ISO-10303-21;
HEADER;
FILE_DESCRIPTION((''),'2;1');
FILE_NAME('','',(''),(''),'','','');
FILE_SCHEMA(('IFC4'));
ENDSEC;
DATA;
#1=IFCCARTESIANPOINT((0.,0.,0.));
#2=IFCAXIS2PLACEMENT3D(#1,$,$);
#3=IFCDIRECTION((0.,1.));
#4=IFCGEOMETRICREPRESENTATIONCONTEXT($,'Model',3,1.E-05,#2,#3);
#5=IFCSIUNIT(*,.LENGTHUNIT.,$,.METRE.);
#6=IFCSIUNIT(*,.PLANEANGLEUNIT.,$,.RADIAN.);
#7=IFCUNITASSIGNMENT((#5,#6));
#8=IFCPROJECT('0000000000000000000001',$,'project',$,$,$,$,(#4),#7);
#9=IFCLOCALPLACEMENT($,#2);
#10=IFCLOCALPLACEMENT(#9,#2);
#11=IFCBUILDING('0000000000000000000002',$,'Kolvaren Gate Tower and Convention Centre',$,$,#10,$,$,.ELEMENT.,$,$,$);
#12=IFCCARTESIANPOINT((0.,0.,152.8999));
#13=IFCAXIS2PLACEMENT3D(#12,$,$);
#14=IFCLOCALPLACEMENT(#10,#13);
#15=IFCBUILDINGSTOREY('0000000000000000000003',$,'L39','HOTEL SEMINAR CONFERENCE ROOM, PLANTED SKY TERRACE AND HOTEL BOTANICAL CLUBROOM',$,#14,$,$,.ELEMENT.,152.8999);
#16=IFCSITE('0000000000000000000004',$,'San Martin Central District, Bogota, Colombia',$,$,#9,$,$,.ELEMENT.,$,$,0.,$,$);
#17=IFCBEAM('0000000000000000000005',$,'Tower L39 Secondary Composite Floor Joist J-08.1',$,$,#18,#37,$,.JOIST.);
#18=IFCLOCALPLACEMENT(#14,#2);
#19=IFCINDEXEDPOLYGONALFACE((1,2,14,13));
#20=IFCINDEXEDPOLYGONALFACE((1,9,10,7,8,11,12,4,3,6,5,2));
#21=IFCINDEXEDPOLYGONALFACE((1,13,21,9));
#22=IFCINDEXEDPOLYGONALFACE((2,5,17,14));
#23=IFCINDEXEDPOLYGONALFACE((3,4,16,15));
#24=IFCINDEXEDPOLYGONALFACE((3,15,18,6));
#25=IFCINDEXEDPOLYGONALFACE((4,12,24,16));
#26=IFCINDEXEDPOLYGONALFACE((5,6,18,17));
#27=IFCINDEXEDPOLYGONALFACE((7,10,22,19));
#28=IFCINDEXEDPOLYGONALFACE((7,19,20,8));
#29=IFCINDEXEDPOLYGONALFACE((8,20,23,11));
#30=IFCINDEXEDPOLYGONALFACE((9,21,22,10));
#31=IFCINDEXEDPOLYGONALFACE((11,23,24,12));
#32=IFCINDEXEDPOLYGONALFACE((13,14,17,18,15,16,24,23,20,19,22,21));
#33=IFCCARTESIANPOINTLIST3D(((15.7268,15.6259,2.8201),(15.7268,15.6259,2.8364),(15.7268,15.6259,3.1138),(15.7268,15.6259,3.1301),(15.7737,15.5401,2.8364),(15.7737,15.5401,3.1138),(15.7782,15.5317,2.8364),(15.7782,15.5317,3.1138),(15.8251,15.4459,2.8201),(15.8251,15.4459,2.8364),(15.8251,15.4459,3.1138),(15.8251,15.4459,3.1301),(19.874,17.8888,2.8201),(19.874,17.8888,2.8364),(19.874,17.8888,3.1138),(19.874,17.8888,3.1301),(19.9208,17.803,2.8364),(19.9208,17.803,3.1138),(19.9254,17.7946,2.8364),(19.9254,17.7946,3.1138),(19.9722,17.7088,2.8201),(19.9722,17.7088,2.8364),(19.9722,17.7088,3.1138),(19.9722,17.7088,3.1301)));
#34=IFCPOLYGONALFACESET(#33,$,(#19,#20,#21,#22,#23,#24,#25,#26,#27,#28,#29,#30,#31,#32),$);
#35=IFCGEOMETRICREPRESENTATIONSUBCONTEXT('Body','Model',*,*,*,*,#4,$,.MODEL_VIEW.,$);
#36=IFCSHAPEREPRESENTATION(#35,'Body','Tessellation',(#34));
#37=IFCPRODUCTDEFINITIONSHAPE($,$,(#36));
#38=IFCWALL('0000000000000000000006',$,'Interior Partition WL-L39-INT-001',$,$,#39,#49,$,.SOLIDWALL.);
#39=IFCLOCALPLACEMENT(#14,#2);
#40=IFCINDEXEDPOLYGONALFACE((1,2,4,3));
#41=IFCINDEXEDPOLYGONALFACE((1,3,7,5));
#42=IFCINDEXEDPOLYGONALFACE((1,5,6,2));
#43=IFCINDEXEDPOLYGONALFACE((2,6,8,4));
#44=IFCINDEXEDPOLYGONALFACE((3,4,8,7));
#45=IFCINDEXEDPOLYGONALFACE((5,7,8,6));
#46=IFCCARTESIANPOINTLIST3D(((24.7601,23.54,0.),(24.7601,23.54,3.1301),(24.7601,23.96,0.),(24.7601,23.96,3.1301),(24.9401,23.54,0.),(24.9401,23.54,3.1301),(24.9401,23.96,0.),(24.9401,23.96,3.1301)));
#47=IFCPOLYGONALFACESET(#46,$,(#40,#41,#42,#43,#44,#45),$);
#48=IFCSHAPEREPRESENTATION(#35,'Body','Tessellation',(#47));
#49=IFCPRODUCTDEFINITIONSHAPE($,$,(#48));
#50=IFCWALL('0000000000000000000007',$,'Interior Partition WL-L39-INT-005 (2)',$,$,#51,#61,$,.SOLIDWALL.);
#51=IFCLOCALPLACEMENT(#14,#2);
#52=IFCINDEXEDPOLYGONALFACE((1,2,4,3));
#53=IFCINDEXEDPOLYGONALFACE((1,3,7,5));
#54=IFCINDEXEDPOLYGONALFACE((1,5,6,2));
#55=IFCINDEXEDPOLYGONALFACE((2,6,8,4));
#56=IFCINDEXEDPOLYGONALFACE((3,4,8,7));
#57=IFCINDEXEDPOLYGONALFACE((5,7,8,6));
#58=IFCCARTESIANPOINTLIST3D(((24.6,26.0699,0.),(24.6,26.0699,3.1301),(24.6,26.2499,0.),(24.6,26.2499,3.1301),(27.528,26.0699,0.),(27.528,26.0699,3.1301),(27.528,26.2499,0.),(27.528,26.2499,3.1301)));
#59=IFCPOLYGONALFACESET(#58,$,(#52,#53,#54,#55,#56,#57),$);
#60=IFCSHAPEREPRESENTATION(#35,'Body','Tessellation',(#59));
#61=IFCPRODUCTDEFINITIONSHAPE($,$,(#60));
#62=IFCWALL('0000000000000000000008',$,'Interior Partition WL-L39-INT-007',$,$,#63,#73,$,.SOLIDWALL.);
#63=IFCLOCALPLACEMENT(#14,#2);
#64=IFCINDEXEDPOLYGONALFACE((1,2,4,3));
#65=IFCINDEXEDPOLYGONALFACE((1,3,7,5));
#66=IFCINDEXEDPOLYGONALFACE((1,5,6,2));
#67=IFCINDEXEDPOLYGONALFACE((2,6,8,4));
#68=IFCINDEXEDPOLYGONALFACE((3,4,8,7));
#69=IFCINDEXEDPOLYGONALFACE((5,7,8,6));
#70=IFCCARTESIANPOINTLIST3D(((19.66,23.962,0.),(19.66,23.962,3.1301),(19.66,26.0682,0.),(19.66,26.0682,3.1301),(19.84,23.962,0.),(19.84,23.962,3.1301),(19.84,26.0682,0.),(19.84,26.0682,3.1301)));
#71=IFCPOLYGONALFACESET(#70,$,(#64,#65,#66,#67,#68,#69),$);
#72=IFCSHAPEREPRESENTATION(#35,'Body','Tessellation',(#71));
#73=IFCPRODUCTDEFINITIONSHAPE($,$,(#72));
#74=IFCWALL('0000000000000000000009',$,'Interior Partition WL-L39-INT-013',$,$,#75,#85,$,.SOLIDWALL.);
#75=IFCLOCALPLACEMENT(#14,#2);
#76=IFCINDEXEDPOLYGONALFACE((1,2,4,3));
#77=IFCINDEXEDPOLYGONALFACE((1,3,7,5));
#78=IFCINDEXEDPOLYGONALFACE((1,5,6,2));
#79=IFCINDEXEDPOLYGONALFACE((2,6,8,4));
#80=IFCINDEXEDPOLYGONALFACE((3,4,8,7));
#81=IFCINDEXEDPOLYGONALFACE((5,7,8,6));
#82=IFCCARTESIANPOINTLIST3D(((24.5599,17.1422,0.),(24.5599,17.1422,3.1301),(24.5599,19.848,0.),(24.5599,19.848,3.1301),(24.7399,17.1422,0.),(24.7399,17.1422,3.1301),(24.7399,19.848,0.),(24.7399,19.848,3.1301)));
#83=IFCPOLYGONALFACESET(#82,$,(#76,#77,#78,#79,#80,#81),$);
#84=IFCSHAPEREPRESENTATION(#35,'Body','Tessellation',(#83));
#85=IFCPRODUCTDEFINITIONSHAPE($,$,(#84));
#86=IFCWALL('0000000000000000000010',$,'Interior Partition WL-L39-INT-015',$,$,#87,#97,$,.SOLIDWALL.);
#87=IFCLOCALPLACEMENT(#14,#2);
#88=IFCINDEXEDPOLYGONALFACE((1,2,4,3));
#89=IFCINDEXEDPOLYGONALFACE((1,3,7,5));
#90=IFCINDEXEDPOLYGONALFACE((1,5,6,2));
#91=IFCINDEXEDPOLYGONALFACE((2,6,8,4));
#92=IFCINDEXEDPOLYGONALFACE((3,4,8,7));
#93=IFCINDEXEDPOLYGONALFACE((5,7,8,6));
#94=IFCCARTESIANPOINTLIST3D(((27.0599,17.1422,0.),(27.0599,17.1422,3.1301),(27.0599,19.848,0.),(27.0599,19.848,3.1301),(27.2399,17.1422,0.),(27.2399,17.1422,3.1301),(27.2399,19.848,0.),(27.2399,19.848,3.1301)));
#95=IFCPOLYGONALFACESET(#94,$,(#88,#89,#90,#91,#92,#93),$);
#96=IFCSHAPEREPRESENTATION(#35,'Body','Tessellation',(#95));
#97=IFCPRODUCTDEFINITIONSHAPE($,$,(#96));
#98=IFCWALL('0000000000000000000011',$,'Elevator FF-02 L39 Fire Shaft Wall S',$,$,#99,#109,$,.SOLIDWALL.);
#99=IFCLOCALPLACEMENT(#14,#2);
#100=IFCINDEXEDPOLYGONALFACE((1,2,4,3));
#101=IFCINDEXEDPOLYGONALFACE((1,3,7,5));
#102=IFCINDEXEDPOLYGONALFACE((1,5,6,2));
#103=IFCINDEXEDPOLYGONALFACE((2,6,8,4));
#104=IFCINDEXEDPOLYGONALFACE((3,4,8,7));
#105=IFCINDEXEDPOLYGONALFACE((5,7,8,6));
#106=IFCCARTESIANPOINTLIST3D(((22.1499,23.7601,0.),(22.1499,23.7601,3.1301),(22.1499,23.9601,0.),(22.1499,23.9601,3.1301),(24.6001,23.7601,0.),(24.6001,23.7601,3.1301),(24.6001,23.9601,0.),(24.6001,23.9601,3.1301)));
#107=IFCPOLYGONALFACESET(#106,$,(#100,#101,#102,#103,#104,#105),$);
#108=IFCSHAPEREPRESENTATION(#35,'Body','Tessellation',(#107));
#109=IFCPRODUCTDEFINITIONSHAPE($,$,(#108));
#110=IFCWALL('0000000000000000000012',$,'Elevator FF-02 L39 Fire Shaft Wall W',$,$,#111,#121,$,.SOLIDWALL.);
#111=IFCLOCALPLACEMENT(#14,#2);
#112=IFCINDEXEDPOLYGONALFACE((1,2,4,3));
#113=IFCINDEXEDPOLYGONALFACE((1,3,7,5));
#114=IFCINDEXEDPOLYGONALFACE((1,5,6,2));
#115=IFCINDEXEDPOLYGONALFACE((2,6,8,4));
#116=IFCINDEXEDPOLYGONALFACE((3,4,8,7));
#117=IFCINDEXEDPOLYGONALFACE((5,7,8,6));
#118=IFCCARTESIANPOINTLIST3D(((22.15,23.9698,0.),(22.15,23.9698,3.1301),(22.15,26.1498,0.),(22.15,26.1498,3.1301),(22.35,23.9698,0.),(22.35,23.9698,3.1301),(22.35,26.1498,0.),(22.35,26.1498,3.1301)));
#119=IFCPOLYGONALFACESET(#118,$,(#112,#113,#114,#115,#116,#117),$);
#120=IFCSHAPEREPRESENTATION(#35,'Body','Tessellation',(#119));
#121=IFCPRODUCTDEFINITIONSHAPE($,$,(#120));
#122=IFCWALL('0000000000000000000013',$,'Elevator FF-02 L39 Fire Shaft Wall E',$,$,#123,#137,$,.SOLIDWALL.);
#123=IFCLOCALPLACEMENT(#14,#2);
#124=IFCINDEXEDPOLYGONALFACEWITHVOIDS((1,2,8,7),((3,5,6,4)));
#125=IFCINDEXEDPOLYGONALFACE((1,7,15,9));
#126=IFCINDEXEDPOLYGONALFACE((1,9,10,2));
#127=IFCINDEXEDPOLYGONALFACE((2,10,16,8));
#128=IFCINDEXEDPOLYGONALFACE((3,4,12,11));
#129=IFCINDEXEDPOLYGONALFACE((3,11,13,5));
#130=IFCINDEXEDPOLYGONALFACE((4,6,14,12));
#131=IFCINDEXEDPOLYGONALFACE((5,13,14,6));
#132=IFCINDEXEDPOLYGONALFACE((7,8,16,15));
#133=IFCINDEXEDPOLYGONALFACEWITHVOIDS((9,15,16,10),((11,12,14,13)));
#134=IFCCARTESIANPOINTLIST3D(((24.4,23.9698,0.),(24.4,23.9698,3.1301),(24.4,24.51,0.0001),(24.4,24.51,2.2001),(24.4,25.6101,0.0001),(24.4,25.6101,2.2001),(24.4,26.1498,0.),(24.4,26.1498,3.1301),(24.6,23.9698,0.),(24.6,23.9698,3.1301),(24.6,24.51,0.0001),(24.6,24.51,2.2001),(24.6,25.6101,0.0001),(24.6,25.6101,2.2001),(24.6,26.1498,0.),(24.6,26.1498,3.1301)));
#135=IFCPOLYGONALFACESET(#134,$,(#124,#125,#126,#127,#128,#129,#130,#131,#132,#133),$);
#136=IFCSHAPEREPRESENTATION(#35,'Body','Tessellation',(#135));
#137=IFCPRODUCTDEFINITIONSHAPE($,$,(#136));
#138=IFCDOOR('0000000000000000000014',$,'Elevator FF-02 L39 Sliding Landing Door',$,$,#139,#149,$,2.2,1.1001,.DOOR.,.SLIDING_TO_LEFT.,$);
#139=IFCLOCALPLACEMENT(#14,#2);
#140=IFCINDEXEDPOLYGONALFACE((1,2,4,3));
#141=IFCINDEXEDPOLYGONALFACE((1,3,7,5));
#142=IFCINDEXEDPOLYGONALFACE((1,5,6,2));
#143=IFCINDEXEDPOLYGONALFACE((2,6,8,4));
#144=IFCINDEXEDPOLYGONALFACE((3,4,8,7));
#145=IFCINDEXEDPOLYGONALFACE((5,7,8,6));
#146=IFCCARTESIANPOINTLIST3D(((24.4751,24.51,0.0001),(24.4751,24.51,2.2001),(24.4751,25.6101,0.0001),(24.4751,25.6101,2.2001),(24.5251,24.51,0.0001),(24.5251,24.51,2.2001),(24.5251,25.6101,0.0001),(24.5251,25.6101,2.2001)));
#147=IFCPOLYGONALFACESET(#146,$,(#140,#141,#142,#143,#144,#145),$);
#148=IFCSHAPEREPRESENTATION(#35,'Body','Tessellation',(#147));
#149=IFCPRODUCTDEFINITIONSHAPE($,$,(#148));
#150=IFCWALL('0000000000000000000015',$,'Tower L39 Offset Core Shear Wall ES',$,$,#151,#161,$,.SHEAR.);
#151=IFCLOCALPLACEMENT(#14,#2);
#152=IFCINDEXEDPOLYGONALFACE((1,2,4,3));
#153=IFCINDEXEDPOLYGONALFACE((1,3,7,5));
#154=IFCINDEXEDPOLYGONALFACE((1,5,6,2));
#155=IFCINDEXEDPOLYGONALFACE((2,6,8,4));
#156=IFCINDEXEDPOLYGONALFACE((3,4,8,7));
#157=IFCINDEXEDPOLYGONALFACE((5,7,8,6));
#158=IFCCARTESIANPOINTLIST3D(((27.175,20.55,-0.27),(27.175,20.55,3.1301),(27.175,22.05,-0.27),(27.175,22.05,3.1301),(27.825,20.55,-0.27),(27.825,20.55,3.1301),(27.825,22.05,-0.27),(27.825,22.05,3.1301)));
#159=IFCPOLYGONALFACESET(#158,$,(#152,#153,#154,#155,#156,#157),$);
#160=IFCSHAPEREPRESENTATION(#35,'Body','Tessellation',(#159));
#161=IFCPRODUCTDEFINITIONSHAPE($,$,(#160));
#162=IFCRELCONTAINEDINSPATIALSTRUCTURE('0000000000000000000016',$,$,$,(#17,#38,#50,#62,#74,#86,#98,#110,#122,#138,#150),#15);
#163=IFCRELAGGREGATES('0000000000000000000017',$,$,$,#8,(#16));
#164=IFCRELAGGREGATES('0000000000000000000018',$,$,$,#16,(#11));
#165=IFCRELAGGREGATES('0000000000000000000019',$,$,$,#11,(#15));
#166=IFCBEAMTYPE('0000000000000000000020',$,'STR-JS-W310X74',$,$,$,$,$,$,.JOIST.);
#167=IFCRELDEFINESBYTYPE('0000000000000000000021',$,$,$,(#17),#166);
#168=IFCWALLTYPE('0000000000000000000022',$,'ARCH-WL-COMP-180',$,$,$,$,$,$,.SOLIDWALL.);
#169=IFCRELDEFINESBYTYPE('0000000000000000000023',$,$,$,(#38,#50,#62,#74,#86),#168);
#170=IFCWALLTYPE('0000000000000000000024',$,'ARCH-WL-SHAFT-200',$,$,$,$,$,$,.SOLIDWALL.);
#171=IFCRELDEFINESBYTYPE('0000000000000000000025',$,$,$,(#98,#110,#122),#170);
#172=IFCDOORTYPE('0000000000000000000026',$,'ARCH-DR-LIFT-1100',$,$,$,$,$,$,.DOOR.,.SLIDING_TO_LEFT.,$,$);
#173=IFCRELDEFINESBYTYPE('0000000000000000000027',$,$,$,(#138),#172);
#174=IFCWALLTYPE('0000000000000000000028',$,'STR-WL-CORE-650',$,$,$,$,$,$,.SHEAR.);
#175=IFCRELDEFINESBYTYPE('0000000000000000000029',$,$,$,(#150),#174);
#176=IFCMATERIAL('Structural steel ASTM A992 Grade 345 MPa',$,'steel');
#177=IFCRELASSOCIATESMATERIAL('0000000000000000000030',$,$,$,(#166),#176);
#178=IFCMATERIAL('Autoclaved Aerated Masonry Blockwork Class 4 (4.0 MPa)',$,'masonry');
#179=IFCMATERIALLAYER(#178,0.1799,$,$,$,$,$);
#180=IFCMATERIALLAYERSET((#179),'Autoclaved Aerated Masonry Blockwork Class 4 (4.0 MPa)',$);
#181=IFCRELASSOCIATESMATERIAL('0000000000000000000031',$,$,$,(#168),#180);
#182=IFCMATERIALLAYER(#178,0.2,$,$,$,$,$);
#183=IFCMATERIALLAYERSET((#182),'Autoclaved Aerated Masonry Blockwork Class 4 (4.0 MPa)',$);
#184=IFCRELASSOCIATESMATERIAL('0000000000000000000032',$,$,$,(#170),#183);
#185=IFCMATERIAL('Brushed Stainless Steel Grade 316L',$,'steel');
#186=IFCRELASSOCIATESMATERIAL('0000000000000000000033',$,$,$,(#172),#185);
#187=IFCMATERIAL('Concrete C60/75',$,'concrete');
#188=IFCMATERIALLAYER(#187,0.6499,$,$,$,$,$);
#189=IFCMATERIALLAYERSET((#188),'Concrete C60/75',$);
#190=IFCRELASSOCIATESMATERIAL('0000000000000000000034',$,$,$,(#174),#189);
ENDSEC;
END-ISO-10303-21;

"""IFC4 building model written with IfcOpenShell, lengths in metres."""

from ifc_helpers import new_model, si_unit, direction, frame, frame_2d, origin, origin_2d, place, context, subcontext, project, spatial, rectangle, i_section, extrude, material, layer, layer_set, material_profile, profile_set, type_object, element, fill, save


model = new_model("IFC4")

# Units and contexts
model_context = context("Model", 3, precision=1e-05, world=origin(), true_north=direction((0.0, 1.0)))
body_context = subcontext(model_context, "Body", "Model", "MODEL_VIEW")
ifc_project = project(units=[si_unit("LENGTHUNIT", "METRE"), si_unit("PLANEANGLEUNIT", "RADIAN")], contexts=[model_context])

# Site, building, storey
site_placement = place(None, origin())
site = spatial("IfcSite", under=ifc_project, at=site_placement, Name="San Martin Central District, Bogota, Colombia", CompositionType="ELEMENT", RefElevation=0.0)
building_placement = place(site_placement, origin())
building = spatial("IfcBuilding", under=site, at=building_placement, Name="Kolvaren Gate Tower and Convention Centre", CompositionType="ELEMENT")
storey_placement = place(building_placement, frame((0.0, 0.0, 152.8999)))
storey = spatial("IfcBuildingStorey", under=building, at=storey_placement, Name="L39", Description="HOTEL SEMINAR CONFERENCE ROOM, PLANTED SKY TERRACE AND HOTEL BOTANICAL CLUBROOM", CompositionType="ELEMENT", Elevation=152.8999)

# Beam
ifc_material_1 = material(Name="Structural steel ASTM A992 Grade 345 MPa", Category="steel")
ifc_material_profile = material_profile(ifc_material_1, i_section(OverallWidth=0.2051, OverallDepth=0.3101, WebThickness=0.0095, FlangeThickness=0.0164, at=origin_2d()), Name="W310X74")
ifc_profile_set = profile_set([ifc_material_profile], Name="Structural steel ASTM A992 Grade 345 MPa")
beam_type = type_object("IfcBeamType", Name="STR-JS-W310X74", PredefinedType="JOIST", material=ifc_profile_set)
beam_placement = place(storey_placement, frame((19.9231, 17.7988, 2.9751), z_axis=(-0.877822, -0.478986, 0.0), x_axis=(0.478986, -0.877822, 0.0)))
element("IfcBeam", 1, at=beam_placement, inside=storey, type_object=beam_type, Name="Tower L39 Secondary Composite Floor Joist J-08.1", PredefinedType="JOIST", context=body_context, shape_type="SweptSolid", body=[
    extrude(i_section(OverallWidth=0.2051, OverallDepth=0.3101, WebThickness=0.0095, FlangeThickness=0.0164, at=origin_2d()), origin(), (0.0, 0.0, 1.0), 4.7244),
])

# Walls
ifc_material_2 = material(Name="Autoclaved Aerated Masonry Blockwork Class 4 (4.0 MPa)", Category="masonry")
ifc_layer_1 = layer(ifc_material_2, 0.1799)
ifc_layer_set_1 = layer_set([ifc_layer_1], Name="Autoclaved Aerated Masonry Blockwork Class 4 (4.0 MPa)")
wall_type_1 = type_object("IfcWallType", Name="ARCH-WL-COMP-180", PredefinedType="SOLIDWALL", material=ifc_layer_set_1)
wall_1_placement = place(storey_placement, frame((24.8501, 23.54, 0.0), z_axis=(0.0, 0.0, 1.0), x_axis=(0.0, 1.0, 0.0)))
element("IfcWall", 2, at=wall_1_placement, inside=storey, type_object=wall_type_1, Name="Interior Partition WL-L39-INT-001", PredefinedType="SOLIDWALL", context=body_context, shape_type="SweptSolid", body=[
    extrude(rectangle(XDim=0.4199, YDim=0.1799, at=frame_2d((0.21, 0.0))), origin(), (0.0, 0.0, 1.0), 3.1301),
])
wall_2_placement = place(storey_placement, frame((24.6001, 26.1599, 0.0), z_axis=(0.0, 0.0, 1.0), x_axis=(1.0, 0.0, 0.0)))
element("IfcWall", 3, at=wall_2_placement, inside=storey, type_object=wall_type_1, Name="Interior Partition WL-L39-INT-005 (2)", PredefinedType="SOLIDWALL", context=body_context, shape_type="SweptSolid", body=[
    extrude(rectangle(XDim=2.928, YDim=0.1799, at=frame_2d((1.4639, 0.0))), origin(), (0.0, 0.0, 1.0), 3.1301),
])
wall_3_placement = place(storey_placement, frame((19.75, 23.9619, 0.0), z_axis=(0.0, 0.0, 1.0), x_axis=(0.0, 1.0, 0.0)))
element("IfcWall", 4, at=wall_3_placement, inside=storey, type_object=wall_type_1, Name="Interior Partition WL-L39-INT-007", PredefinedType="SOLIDWALL", context=body_context, shape_type="SweptSolid", body=[
    extrude(rectangle(XDim=2.1062, YDim=0.1799, at=frame_2d((1.0532, 0.0))), origin(), (0.0, 0.0, 1.0), 3.1301),
])
for number, where, z_axis, x_axis, name in (
    (5, (24.6499, 17.1421, 0.0), (0.0, 0.0, 1.0), (0.0, 1.0, 0.0), "Interior Partition WL-L39-INT-013"),
    (6, (27.1499, 17.1421, 0.0), (0.0, 0.0, 1.0), (0.0, 1.0, 0.0), "Interior Partition WL-L39-INT-015"),
):
    element("IfcWall", number, at=place(storey_placement, frame(where, z_axis=z_axis, x_axis=x_axis)), inside=storey, type_object=wall_type_1, Name=name, PredefinedType="SOLIDWALL", context=body_context, shape_type="SweptSolid", body=[
        extrude(rectangle(XDim=2.7058, YDim=0.1799, at=frame_2d((1.353, 0.0))), origin(), (0.0, 0.0, 1.0), 3.1301),
    ])
ifc_layer_2 = layer(ifc_material_2, 0.2)
ifc_layer_set_2 = layer_set([ifc_layer_2], Name="Autoclaved Aerated Masonry Blockwork Class 4 (4.0 MPa)")
wall_type_2 = type_object("IfcWallType", Name="ARCH-WL-SHAFT-200", PredefinedType="SOLIDWALL", material=ifc_layer_set_2)
wall_4_placement = place(storey_placement, frame((22.1499, 23.8601, 0.0), z_axis=(0.0, 0.0, 1.0), x_axis=(1.0, 0.0, 0.0)))
element("IfcWall", 7, at=wall_4_placement, inside=storey, type_object=wall_type_2, Name="Elevator FF-02 L39 Fire Shaft Wall S", PredefinedType="SOLIDWALL", context=body_context, shape_type="SweptSolid", body=[
    extrude(rectangle(XDim=2.4502, YDim=0.2, at=frame_2d((1.2251, 0.0))), origin(), (0.0, 0.0, 1.0), 3.1301),
])
wall_5_placement = place(storey_placement, frame((22.25, 23.97, 0.0), z_axis=(0.0, 0.0, 1.0), x_axis=(0.0, 1.0, 0.0)))
element("IfcWall", 8, at=wall_5_placement, inside=storey, type_object=wall_type_2, Name="Elevator FF-02 L39 Fire Shaft Wall W", PredefinedType="SOLIDWALL", context=body_context, shape_type="SweptSolid", body=[
    extrude(rectangle(XDim=2.1799, YDim=0.2, at=frame_2d((1.0898, 0.0))), origin(), (0.0, 0.0, 1.0), 3.1301),
])

# Wall, opening, door
wall_6_placement = place(storey_placement, frame((24.5, 23.97, 0.0), z_axis=(0.0, 0.0, 1.0), x_axis=(0.0, 1.0, 0.0)))
wall_6 = element("IfcWall", 9, at=wall_6_placement, inside=storey, type_object=wall_type_2, Name="Elevator FF-02 L39 Fire Shaft Wall E", PredefinedType="SOLIDWALL", context=body_context, shape_type="SweptSolid", body=[
    extrude(rectangle(XDim=2.1799, YDim=0.2, at=frame_2d((1.0898, 0.0))), origin(), (0.0, 0.0, 1.0), 3.1301),
])
opening_1_placement = place(wall_6_placement, frame((0.54, 0.0, 0.0)))
opening_1 = element("IfcOpeningElement", 10, at=opening_1_placement, cuts=wall_6, PredefinedType="OPENING", context=body_context, shape_type="SweptSolid", body=[
    extrude(rectangle(XDim=1.1001, YDim=2.2, at=frame_2d((0.55, 1.1001))), frame((0.0, 0.1099, 0.0), z_axis=(0.0, -1.0, 0.0), x_axis=(1.0, 0.0, 0.0)), (0.0, 0.0, 1.0), 0.22),
])
ifc_material_3 = material(Name="Brushed Stainless Steel Grade 316L", Category="steel")
door_type_1 = type_object("IfcDoorType", Name="ARCH-DR-LIFT-1100", OperationType="SLIDING_TO_LEFT", PredefinedType="DOOR", material=ifc_material_3)
door_1_placement = place(opening_1_placement, origin())
door_1 = element("IfcDoor", 11, at=door_1_placement, inside=storey, type_object=door_type_1, Name="Elevator FF-02 L39 Sliding Landing Door", OperationType="SLIDING_TO_LEFT", OverallHeight=2.2, OverallWidth=1.1001, PredefinedType="DOOR", context=body_context, shape_type="SweptSolid", body=[
    extrude(rectangle(XDim=1.1001, YDim=2.2, at=frame_2d((0.55, 1.1001))), frame((0.0, 0.0249, 0.0), z_axis=(0.0, -1.0, 0.0), x_axis=(1.0, 0.0, 0.0)), (0.0, 0.0, 1.0), 0.05),
])
fill(opening_1, door_1)

# Wall
ifc_material_4 = material(Name="Concrete C60/75", Category="concrete")
ifc_layer_3 = layer(ifc_material_4, 0.6499)
ifc_layer_set_3 = layer_set([ifc_layer_3], Name="Concrete C60/75")
wall_type_3 = type_object("IfcWallType", Name="STR-WL-CORE-650", PredefinedType="SHEAR", material=ifc_layer_set_3)
wall_7_placement = place(storey_placement, frame((27.5, 20.55, -0.27), z_axis=(0.0, 0.0, 1.0), x_axis=(0.0, 1.0, 0.0)))
element("IfcWall", 12, at=wall_7_placement, inside=storey, type_object=wall_type_3, Name="Tower L39 Offset Core Shear Wall ES", PredefinedType="SHEAR", context=body_context, shape_type="SweptSolid", body=[
    extrude(rectangle(XDim=1.5, YDim=0.6499, at=frame_2d((0.75, 0.0))), origin(), (0.0, 0.0, 1.0), 3.4001),
])

save(model, "model.ifc")
